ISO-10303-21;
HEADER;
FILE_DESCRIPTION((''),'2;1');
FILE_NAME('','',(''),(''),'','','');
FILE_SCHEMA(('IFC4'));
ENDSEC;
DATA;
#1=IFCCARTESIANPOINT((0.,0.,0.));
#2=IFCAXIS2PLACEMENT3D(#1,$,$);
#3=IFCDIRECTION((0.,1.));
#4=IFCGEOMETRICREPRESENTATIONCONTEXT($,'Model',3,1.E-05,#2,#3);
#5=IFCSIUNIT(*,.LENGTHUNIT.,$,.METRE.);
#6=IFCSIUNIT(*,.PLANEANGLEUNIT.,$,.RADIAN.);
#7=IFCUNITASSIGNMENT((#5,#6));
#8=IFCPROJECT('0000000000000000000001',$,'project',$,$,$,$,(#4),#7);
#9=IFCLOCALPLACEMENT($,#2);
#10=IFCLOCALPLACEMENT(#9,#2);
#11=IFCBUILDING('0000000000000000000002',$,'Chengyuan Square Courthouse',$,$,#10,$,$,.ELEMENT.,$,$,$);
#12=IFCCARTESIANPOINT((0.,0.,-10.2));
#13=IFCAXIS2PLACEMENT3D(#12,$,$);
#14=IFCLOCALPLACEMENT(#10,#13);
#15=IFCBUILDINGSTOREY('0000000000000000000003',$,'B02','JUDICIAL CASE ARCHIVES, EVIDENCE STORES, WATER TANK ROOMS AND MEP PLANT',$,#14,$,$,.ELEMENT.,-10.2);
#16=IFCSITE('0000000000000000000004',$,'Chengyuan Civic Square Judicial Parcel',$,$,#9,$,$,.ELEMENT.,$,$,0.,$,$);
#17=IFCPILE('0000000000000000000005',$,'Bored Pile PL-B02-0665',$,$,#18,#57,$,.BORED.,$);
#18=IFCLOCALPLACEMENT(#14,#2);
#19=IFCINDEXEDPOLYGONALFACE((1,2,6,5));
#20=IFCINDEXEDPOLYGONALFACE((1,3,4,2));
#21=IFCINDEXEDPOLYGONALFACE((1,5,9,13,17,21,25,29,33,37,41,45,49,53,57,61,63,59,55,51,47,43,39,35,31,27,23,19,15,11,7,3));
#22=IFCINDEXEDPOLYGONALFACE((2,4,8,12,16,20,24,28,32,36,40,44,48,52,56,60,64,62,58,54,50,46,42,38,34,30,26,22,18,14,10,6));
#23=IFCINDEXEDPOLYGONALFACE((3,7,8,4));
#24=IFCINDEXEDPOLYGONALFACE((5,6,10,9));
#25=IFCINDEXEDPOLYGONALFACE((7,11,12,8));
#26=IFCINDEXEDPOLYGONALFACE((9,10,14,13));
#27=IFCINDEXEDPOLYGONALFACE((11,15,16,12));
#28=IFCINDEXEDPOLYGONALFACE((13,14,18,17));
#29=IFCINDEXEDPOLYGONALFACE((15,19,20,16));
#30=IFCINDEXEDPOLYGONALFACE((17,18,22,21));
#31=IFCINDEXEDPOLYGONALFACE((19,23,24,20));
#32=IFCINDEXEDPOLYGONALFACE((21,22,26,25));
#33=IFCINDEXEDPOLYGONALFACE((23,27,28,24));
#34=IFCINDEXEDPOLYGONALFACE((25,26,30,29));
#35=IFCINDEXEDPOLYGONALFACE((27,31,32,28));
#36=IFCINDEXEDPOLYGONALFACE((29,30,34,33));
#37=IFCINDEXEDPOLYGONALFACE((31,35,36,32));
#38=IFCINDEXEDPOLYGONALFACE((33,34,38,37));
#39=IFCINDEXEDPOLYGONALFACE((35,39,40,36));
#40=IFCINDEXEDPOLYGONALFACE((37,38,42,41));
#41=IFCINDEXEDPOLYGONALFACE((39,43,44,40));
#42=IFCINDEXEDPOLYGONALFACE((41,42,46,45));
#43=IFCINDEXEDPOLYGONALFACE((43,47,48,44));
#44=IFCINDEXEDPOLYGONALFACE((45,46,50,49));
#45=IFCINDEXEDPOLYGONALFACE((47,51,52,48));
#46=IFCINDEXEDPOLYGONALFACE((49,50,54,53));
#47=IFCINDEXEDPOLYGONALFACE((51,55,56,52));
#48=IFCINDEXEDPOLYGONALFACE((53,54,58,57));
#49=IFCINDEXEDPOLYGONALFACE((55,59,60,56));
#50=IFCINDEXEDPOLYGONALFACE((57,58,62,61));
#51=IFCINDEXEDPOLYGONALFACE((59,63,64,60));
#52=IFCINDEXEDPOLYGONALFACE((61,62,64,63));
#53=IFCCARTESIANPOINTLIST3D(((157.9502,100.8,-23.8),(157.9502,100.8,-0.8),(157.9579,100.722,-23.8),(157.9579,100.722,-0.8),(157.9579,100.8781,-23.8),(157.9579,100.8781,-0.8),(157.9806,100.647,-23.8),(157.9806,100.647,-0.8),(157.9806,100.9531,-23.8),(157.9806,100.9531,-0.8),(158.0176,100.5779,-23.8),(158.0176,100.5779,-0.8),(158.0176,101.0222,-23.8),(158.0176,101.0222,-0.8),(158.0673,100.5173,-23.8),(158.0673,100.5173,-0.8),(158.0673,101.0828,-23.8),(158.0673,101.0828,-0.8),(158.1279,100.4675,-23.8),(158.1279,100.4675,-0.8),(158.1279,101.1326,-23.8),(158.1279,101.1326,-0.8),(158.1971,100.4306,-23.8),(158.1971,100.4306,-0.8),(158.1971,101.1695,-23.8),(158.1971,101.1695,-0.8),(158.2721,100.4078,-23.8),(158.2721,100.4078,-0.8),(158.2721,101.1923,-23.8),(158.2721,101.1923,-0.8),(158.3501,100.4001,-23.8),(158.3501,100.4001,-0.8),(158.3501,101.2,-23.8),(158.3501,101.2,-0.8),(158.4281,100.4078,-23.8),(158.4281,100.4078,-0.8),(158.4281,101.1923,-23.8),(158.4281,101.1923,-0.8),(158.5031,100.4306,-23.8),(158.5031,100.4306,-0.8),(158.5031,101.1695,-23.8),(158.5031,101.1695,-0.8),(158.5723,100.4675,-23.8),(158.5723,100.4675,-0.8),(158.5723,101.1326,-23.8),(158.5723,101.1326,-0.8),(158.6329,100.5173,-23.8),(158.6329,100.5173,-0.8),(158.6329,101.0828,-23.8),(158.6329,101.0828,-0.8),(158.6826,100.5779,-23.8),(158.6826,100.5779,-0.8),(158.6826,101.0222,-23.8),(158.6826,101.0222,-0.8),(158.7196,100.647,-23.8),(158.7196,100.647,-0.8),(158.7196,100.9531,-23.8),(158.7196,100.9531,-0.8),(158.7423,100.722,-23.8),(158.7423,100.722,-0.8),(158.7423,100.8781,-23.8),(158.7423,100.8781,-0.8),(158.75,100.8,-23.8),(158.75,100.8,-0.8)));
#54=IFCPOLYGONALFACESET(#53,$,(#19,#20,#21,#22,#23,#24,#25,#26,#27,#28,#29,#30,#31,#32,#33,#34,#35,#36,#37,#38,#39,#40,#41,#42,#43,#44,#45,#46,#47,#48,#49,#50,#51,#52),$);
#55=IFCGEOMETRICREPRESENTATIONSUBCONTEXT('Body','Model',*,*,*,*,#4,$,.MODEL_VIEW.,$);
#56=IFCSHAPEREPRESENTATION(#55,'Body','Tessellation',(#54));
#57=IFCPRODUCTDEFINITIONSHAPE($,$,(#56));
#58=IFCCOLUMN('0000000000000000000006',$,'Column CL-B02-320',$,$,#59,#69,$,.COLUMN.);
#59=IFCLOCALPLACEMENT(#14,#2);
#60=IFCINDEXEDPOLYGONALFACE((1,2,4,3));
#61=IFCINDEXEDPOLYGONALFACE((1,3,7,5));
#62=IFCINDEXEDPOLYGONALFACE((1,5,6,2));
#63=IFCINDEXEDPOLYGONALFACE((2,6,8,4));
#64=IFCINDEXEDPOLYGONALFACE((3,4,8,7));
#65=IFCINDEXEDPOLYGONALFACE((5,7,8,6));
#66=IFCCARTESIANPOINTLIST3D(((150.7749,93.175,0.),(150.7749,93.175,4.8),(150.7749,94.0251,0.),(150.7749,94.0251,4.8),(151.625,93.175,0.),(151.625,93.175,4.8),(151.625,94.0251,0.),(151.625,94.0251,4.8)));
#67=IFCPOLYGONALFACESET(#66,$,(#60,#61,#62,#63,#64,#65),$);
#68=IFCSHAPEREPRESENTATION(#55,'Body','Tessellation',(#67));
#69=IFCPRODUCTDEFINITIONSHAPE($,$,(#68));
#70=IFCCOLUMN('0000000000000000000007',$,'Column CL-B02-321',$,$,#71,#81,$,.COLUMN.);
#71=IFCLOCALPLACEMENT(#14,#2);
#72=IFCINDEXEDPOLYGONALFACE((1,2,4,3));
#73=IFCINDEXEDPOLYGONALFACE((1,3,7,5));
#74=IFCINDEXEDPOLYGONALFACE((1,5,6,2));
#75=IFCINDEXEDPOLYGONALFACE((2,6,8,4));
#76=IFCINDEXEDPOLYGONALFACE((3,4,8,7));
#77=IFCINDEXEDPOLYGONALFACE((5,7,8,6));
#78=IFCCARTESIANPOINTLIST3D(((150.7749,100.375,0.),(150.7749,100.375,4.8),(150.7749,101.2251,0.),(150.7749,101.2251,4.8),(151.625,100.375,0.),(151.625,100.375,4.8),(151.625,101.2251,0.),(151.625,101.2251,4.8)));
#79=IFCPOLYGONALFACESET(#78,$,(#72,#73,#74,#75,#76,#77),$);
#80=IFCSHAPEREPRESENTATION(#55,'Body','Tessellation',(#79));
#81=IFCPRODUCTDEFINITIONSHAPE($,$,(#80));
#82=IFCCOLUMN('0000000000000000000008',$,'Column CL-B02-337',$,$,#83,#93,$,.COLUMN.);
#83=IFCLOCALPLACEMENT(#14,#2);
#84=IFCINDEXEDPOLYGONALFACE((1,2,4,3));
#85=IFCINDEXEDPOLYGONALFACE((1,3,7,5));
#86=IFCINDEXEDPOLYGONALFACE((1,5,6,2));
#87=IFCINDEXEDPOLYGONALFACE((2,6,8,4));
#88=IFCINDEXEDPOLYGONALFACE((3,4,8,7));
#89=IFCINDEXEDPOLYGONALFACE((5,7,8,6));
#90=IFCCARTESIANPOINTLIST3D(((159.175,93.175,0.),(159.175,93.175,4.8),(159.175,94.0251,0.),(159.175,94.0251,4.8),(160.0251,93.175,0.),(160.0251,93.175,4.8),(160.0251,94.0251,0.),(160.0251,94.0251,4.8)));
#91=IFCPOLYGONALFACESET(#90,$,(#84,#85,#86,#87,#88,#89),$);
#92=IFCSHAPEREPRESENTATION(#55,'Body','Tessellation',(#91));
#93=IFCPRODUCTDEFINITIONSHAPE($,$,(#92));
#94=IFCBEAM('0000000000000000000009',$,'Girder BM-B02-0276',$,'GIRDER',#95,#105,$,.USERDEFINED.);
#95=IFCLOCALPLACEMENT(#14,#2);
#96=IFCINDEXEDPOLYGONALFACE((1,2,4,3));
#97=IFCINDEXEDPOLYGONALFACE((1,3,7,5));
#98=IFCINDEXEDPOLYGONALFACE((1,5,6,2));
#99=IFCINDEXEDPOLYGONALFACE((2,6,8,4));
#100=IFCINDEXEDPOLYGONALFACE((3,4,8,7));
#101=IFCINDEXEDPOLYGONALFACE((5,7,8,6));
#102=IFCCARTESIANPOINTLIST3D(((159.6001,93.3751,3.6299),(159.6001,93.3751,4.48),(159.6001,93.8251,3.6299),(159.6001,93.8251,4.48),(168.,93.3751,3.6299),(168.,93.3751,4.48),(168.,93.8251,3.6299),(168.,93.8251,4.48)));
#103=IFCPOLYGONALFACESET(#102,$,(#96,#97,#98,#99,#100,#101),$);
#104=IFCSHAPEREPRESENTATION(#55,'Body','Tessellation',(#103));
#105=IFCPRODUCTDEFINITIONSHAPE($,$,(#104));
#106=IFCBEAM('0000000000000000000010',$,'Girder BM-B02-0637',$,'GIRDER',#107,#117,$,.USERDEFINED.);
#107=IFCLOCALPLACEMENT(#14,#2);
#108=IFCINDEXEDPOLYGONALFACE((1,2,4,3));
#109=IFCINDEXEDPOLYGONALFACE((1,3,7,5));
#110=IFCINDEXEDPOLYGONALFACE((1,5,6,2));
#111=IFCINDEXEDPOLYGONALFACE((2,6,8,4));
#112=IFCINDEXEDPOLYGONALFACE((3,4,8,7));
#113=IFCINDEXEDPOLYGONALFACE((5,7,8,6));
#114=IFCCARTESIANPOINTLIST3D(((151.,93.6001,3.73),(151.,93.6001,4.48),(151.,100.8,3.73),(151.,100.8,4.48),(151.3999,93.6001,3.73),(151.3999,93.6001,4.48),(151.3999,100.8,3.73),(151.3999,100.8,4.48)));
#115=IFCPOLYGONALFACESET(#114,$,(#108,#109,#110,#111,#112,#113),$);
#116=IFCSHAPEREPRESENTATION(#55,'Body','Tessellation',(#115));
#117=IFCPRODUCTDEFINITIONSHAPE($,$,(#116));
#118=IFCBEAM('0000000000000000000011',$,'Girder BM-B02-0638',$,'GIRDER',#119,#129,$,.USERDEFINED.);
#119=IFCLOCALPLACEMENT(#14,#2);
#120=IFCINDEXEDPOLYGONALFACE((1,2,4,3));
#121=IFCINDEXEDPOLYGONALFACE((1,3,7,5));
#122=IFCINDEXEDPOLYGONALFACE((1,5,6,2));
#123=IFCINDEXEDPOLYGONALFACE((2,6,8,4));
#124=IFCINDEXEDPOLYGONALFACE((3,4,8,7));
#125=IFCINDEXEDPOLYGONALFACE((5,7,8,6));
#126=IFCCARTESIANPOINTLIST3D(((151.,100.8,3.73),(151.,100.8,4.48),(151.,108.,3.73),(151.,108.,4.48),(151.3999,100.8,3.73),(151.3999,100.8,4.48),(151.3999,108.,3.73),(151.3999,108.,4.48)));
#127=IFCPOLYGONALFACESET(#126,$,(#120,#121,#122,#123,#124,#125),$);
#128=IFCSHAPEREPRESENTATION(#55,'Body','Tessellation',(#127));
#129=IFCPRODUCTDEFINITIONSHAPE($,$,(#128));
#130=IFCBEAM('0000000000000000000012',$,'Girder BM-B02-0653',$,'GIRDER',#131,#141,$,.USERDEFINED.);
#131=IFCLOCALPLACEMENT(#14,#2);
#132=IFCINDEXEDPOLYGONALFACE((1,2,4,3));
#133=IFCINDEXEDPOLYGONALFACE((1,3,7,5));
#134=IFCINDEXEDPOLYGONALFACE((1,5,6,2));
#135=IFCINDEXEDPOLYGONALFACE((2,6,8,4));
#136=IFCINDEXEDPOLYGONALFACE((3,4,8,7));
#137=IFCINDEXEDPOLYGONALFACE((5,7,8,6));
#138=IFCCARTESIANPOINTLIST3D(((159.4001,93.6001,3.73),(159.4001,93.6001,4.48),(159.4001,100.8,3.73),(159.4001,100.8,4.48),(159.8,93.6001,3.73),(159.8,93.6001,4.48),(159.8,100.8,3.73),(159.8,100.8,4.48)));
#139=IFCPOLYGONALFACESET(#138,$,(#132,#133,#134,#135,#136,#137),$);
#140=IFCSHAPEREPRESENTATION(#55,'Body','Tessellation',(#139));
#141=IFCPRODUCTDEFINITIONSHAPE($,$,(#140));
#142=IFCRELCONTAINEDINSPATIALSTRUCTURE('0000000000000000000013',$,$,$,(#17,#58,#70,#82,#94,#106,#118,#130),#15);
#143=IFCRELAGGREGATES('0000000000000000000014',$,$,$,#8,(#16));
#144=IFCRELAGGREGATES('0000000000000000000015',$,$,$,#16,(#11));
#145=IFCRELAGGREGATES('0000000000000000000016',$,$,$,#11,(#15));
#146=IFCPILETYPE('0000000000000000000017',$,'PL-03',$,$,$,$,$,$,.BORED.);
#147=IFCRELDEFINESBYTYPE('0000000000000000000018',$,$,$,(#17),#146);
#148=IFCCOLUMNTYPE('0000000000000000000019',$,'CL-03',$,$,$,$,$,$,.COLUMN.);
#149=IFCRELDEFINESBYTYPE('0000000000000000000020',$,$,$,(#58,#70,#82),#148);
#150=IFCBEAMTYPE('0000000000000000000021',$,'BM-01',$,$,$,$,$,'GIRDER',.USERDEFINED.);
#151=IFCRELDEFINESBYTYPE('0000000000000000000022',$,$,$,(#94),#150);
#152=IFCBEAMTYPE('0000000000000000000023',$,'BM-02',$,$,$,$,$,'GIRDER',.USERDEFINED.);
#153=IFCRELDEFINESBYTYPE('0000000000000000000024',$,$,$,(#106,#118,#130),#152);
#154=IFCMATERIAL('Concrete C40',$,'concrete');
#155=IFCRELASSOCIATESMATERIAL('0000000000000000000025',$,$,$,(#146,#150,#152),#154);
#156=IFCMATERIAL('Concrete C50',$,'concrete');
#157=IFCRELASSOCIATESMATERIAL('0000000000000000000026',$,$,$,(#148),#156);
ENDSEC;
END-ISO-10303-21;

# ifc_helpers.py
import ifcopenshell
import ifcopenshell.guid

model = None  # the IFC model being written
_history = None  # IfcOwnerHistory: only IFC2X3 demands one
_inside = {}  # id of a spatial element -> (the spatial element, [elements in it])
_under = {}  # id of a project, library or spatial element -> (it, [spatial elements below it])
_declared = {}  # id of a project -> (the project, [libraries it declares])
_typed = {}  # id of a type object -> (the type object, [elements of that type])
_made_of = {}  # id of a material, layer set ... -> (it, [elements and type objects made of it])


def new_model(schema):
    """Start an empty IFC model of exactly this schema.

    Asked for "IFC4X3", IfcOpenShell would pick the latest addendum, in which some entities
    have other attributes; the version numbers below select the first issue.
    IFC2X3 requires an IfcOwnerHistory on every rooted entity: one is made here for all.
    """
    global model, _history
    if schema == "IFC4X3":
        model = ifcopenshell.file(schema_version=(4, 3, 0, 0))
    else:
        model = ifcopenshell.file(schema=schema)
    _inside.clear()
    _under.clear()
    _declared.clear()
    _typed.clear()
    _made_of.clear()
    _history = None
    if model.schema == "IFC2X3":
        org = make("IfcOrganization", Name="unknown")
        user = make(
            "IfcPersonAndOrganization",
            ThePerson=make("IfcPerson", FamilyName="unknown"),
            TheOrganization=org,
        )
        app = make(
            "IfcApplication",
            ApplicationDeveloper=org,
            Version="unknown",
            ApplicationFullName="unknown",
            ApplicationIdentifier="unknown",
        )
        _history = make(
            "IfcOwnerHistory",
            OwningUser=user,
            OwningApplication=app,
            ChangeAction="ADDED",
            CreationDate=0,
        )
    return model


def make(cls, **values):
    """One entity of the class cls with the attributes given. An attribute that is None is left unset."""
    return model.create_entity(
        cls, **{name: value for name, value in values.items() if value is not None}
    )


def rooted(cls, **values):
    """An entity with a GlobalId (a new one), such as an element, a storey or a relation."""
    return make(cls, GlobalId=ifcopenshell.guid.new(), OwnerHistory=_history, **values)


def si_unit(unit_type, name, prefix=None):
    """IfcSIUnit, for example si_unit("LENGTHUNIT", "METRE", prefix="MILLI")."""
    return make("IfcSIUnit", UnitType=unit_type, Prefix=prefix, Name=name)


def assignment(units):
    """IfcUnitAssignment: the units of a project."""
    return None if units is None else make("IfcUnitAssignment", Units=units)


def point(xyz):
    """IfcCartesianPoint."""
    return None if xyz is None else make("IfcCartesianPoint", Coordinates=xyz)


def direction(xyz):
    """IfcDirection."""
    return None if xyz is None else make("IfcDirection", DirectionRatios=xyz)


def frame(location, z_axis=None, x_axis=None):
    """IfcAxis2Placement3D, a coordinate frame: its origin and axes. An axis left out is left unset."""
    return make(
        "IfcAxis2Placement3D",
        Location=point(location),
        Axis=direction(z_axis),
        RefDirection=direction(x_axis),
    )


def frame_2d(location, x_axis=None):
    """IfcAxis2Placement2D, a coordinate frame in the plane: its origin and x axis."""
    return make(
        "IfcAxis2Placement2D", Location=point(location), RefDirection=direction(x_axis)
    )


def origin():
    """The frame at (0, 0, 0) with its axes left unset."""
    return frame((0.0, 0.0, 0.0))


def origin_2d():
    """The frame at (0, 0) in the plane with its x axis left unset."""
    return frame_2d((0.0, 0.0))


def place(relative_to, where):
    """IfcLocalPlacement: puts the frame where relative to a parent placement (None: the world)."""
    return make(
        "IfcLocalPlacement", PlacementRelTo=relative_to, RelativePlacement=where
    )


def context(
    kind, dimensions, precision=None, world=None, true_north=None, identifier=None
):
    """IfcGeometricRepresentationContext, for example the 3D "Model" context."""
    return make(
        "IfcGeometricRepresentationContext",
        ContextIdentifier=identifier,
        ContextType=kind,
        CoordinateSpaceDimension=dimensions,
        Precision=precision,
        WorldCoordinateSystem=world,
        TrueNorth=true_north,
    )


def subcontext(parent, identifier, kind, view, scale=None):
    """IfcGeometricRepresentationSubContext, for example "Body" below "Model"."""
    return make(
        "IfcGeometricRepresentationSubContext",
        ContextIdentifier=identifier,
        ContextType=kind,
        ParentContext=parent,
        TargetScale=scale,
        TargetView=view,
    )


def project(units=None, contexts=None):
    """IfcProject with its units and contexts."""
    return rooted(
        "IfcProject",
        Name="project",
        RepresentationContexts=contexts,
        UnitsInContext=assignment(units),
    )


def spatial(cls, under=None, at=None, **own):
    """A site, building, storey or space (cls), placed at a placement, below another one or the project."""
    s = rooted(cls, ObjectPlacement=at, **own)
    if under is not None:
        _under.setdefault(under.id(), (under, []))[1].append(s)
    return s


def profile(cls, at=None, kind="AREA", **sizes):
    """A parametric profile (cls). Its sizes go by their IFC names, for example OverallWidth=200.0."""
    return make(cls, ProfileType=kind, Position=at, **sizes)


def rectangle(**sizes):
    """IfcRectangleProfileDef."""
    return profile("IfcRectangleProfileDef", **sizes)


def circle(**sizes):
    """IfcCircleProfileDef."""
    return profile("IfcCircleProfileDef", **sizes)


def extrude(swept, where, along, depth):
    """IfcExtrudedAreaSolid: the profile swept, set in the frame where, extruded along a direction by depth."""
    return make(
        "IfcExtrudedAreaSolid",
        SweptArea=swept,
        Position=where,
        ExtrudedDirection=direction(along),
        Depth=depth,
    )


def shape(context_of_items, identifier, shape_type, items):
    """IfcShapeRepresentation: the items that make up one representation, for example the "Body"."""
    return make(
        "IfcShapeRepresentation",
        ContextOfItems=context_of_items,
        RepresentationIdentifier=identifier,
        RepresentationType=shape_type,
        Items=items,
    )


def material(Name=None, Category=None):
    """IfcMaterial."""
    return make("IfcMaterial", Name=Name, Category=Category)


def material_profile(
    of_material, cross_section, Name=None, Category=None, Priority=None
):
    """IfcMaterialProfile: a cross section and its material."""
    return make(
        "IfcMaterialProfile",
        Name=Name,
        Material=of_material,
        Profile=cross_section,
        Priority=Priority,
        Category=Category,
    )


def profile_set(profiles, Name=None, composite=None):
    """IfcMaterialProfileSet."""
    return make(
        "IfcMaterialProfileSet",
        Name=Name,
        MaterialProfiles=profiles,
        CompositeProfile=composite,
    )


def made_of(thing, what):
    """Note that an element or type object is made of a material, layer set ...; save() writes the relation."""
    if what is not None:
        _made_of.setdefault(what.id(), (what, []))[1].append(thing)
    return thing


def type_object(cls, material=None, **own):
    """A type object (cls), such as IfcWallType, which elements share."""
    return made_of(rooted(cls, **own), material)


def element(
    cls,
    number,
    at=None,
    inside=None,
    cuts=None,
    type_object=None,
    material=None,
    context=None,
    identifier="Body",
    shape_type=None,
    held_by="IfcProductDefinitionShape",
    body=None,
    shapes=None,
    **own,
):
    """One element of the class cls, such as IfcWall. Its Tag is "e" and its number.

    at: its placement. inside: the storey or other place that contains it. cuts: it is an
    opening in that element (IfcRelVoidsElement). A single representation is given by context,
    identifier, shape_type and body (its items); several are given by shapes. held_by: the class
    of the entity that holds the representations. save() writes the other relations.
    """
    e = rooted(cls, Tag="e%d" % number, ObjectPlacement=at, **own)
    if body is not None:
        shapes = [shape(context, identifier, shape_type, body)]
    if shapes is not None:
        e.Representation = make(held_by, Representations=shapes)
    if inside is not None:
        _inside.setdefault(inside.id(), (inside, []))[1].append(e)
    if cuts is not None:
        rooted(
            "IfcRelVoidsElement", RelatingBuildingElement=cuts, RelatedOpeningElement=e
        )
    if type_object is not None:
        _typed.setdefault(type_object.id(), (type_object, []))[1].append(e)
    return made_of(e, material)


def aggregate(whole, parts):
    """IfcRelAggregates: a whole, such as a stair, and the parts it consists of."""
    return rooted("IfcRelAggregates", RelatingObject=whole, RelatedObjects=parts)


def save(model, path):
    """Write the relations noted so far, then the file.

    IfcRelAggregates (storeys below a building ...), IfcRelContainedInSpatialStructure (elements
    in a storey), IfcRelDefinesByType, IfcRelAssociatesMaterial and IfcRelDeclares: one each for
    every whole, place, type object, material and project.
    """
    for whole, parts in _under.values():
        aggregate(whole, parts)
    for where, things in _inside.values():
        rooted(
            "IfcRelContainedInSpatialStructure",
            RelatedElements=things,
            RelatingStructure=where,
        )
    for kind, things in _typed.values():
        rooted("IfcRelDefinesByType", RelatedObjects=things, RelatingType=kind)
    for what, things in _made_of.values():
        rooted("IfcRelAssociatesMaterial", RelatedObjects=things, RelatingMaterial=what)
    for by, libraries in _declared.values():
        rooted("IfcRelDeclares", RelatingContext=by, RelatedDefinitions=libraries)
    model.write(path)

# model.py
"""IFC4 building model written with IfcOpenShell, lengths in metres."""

from ifc_helpers import new_model, si_unit, direction, frame, origin, origin_2d, place, context, subcontext, project, spatial, rectangle, circle, extrude, material, material_profile, profile_set, type_object, element, save


model = new_model("IFC4")

# Units and contexts
model_context = context("Model", 3, precision=1e-05, world=origin(), true_north=direction((0.0, 1.0)))
body_context = subcontext(model_context, "Body", "Model", "MODEL_VIEW")
ifc_project = project(units=[si_unit("LENGTHUNIT", "METRE"), si_unit("PLANEANGLEUNIT", "RADIAN")], contexts=[model_context])

# Site, building, storey
site_placement = place(None, origin())
site = spatial("IfcSite", under=ifc_project, at=site_placement, Name="Chengyuan Civic Square Judicial Parcel", CompositionType="ELEMENT", RefElevation=0.0)
building_placement = place(site_placement, origin())
building = spatial("IfcBuilding", under=site, at=building_placement, Name="Chengyuan Square Courthouse", CompositionType="ELEMENT")
storey_placement = place(building_placement, frame((0.0, 0.0, -10.2)))
storey = spatial("IfcBuildingStorey", under=building, at=storey_placement, Name="B02", Description="JUDICIAL CASE ARCHIVES, EVIDENCE STORES, WATER TANK ROOMS AND MEP PLANT", CompositionType="ELEMENT", Elevation=-10.2)

# Shared definitions
ifc_material_1 = material(Name="Concrete C40", Category="concrete")

# Pile
ifc_material_profile_1 = material_profile(ifc_material_1, circle(Radius=0.3999, at=origin_2d()), Name="BORED PILE D800")
ifc_profile_set_1 = profile_set([ifc_material_profile_1], Name="Concrete C40")
pile_type_1 = type_object("IfcPileType", Name="PL-03", PredefinedType="BORED", material=ifc_profile_set_1)
for number, where, z_axis, x_axis, name in (
    (1, (158.3501, 100.8, -0.8), (0.0, 0.0, -1.0), (1.0, 0.0, 0.0), "Bored Pile PL-B02-0665"),
):
    element("IfcPile", number, at=place(storey_placement, frame(where, z_axis=z_axis, x_axis=x_axis)), inside=storey, type_object=pile_type_1, Name=name, PredefinedType="BORED", context=body_context, shape_type="SweptSolid", body=[
        extrude(circle(Radius=0.3999, at=origin_2d()), origin(), (0.0, 0.0, 1.0), 23.0),
    ])

# Columns
ifc_material_2 = material(Name="Concrete C50", Category="concrete")
ifc_material_profile_2 = material_profile(ifc_material_2, rectangle(XDim=0.8501, YDim=0.8501, at=origin_2d()), Name="RC-COL-850x850")
ifc_profile_set_2 = profile_set([ifc_material_profile_2], Name="Concrete C50")
column_type = type_object("IfcColumnType", Name="CL-03", PredefinedType="COLUMN", material=ifc_profile_set_2)
for number, where, z_axis, x_axis, name in (
    (2, (151.2, 93.6001, 0.0), (0.0, 0.0, 1.0), (1.0, 0.0, 0.0), "Column CL-B02-320"),
    (3, (151.2, 100.8, 0.0), (0.0, 0.0, 1.0), (1.0, 0.0, 0.0), "Column CL-B02-321"),
    (4, (159.6001, 93.6001, 0.0), (0.0, 0.0, 1.0), (1.0, 0.0, 0.0), "Column CL-B02-337"),
):
    element("IfcColumn", number, at=place(storey_placement, frame(where, z_axis=z_axis, x_axis=x_axis)), inside=storey, type_object=column_type, Name=name, PredefinedType="COLUMN", context=body_context, shape_type="SweptSolid", body=[
        extrude(rectangle(XDim=0.8501, YDim=0.8501, at=origin_2d()), origin(), (0.0, 0.0, 1.0), 4.8),
    ])

# Beams
ifc_material_profile_3 = material_profile(ifc_material_1, rectangle(XDim=0.45, YDim=0.8501, at=origin_2d()), Name="RC-BM-450x850")
ifc_profile_set_3 = profile_set([ifc_material_profile_3], Name="Concrete C40")
beam_type_1 = type_object("IfcBeamType", Name="BM-01", ElementType="GIRDER", PredefinedType="USERDEFINED", material=ifc_profile_set_3)
beam_placement = place(storey_placement, frame((159.6001, 93.6001, 4.0549), z_axis=(1.0, 0.0, 0.0), x_axis=(0.0, 1.0, 0.0)))
element("IfcBeam", 5, at=beam_placement, inside=storey, type_object=beam_type_1, Name="Girder BM-B02-0276", ObjectType="GIRDER", PredefinedType="USERDEFINED", context=body_context, shape_type="SweptSolid", body=[
    extrude(rectangle(XDim=0.45, YDim=0.8501, at=origin_2d()), origin(), (0.0, 0.0, 1.0), 8.3999),
])
ifc_material_profile_4 = material_profile(ifc_material_1, rectangle(XDim=0.3999, YDim=0.75, at=origin_2d()), Name="RC-BM-400x750")
ifc_profile_set_4 = profile_set([ifc_material_profile_4], Name="Concrete C40")
beam_type_2 = type_object("IfcBeamType", Name="BM-02", ElementType="GIRDER", PredefinedType="USERDEFINED", material=ifc_profile_set_4)
for number, where, z_axis, x_axis, name in (
    (6, (151.2, 93.6001, 4.105), (0.0, 1.0, 0.0), (-1.0, 0.0, 0.0), "Girder BM-B02-0637"),
    (7, (151.2, 100.8, 4.105), (0.0, 1.0, 0.0), (-1.0, 0.0, 0.0), "Girder BM-B02-0638"),
    (8, (159.6001, 93.6001, 4.105), (0.0, 1.0, 0.0), (-1.0, 0.0, 0.0), "Girder BM-B02-0653"),
):
    element("IfcBeam", number, at=place(storey_placement, frame(where, z_axis=z_axis, x_axis=x_axis)), inside=storey, type_object=beam_type_2, Name=name, ObjectType="GIRDER", PredefinedType="USERDEFINED", context=body_context, shape_type="SweptSolid", body=[
        extrude(rectangle(XDim=0.3999, YDim=0.75, at=origin_2d()), origin(), (0.0, 0.0, 1.0), 7.2),
    ])

save(model, "model.ifc")
